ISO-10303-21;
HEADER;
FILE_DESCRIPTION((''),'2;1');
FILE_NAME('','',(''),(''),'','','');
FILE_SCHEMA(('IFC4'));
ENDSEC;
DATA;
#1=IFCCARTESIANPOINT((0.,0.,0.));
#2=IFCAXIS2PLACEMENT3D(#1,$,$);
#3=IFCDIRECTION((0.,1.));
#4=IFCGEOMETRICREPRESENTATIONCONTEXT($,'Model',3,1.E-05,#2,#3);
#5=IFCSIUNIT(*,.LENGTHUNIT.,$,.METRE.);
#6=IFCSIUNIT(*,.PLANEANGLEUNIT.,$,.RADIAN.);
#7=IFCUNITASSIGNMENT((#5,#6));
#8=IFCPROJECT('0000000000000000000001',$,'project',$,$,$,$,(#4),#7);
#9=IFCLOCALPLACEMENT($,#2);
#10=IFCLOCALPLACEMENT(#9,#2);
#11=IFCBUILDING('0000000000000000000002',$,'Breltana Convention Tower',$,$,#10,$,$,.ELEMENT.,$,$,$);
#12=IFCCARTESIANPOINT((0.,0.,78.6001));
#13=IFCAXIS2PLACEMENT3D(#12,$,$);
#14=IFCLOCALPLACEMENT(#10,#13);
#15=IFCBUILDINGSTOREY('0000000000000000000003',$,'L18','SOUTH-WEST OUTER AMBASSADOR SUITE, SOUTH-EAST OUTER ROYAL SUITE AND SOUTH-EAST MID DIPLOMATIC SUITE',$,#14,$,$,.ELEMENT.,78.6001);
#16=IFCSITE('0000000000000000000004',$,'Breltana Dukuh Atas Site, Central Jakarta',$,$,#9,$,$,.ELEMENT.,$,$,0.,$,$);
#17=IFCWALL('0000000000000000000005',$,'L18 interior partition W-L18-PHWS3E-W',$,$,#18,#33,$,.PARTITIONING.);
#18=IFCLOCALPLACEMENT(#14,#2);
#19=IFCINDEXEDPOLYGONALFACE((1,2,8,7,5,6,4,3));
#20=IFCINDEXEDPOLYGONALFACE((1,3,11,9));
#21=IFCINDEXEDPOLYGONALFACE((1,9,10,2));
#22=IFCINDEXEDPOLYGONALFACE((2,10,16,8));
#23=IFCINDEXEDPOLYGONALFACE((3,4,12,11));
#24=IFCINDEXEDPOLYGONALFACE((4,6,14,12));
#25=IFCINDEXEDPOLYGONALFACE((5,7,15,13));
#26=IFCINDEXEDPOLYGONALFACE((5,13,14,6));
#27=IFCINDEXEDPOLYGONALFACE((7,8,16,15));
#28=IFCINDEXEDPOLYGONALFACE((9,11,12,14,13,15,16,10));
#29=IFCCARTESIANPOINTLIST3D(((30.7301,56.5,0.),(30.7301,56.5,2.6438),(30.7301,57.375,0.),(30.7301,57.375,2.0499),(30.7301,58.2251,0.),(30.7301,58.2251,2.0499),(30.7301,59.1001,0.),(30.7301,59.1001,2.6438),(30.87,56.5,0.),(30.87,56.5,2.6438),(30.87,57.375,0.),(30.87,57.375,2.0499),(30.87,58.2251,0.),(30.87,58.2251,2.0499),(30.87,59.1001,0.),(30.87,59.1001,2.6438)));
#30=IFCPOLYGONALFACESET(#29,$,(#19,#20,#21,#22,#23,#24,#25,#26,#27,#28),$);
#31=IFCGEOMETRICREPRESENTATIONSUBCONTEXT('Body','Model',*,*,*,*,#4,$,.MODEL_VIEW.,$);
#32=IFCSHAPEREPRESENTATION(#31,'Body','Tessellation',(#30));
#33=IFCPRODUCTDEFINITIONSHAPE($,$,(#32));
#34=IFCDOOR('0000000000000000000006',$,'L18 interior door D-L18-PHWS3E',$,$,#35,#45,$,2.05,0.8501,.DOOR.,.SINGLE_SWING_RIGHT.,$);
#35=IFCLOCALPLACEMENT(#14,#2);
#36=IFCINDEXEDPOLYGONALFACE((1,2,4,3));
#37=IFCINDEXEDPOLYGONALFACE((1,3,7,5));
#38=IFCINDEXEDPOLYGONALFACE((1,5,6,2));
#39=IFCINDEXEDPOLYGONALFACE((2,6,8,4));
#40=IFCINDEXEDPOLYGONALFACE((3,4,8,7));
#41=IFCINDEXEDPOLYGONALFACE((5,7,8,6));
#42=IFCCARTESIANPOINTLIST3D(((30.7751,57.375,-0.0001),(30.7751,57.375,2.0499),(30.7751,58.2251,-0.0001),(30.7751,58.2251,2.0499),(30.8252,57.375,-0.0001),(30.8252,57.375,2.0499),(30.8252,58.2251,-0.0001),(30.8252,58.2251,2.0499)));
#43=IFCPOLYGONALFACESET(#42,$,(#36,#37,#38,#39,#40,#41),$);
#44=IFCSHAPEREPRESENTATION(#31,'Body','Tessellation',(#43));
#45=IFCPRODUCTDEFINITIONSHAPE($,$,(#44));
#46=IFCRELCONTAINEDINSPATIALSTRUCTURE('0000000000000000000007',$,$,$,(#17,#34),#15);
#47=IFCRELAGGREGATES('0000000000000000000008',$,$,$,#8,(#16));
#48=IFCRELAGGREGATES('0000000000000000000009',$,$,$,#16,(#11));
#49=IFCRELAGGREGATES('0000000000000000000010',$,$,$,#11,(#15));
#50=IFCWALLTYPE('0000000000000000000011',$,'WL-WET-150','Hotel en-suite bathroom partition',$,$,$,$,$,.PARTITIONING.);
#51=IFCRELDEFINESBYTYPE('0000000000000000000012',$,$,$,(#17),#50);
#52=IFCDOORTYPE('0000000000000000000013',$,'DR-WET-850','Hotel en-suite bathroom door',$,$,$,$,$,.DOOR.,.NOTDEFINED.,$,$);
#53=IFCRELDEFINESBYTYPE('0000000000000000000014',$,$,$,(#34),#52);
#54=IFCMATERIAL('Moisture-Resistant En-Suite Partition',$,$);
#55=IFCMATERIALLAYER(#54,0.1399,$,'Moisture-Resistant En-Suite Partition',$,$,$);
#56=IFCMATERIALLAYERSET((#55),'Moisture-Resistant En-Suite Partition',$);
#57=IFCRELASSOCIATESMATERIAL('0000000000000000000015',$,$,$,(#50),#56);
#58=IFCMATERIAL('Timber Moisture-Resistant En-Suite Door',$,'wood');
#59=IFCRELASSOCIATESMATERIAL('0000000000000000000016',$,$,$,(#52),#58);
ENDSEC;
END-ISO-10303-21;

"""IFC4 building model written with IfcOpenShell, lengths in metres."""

from ifc_helpers import new_model, si_unit, direction, frame, frame_2d, origin, place, context, subcontext, project, spatial, rectangle, extrude, source, transform, mapped, material, layer, layer_set, type_object, type_shapes, element, fill, save


model = new_model("IFC4")

# Units and contexts
model_context = context("Model", 3, precision=1e-05, world=origin(), true_north=direction((0.0, 1.0)))
body_context = subcontext(model_context, "Body", "Model", "MODEL_VIEW")
ifc_project = project(units=[si_unit("LENGTHUNIT", "METRE"), si_unit("PLANEANGLEUNIT", "RADIAN")], contexts=[model_context])

# Site, building, storey
site_placement = place(None, origin())
site = spatial("IfcSite", under=ifc_project, at=site_placement, Name="Breltana Dukuh Atas Site, Central Jakarta", CompositionType="ELEMENT", RefElevation=0.0)
building_placement = place(site_placement, origin())
building = spatial("IfcBuilding", under=site, at=building_placement, Name="Breltana Convention Tower", CompositionType="ELEMENT")
storey_placement = place(building_placement, frame((0.0, 0.0, 78.6001)))
storey = spatial("IfcBuildingStorey", under=building, at=storey_placement, Name="L18", Description="SOUTH-WEST OUTER AMBASSADOR SUITE, SOUTH-EAST OUTER ROYAL SUITE AND SOUTH-EAST MID DIPLOMATIC SUITE", CompositionType="ELEMENT", Elevation=78.6001)

# Shared definitions
ifc_material_1 = material(Name="Moisture-Resistant En-Suite Partition")
ifc_layer_1 = layer(ifc_material_1, 0.1399, Name="Moisture-Resistant En-Suite Partition")
ifc_layer_set_1 = layer_set([ifc_layer_1], Name="Moisture-Resistant En-Suite Partition")
wall_type_1 = type_object("IfcWallType", Name="WL-WET-150", Description="Hotel en-suite bathroom partition", PredefinedType="PARTITIONING", material=ifc_layer_set_1)

# Shared definitions
ifc_material_2 = material(Name="Timber Moisture-Resistant En-Suite Door", Category="wood")
door_type_1 = type_object("IfcDoorType", Name="DR-WET-850", Description="Hotel en-suite bathroom door", OperationType="NOTDEFINED", PredefinedType="DOOR", material=ifc_material_2)
shared_shape_1 = source(origin(), body_context, "Body", "SweptSolid", [
    extrude(rectangle(XDim=0.8501, YDim=2.05, at=frame_2d((0.425, 1.0249))), frame((0.0, 0.0249, 0.0), z_axis=(0.0, -1.0, 0.0), x_axis=(1.0, 0.0, 0.0)), (0.0, 0.0, 1.0), 0.05),
])
type_shapes(door_type_1, [shared_shape_1])

# Wall, opening, door
shared_shape_2 = source(origin(), body_context, "Body", "SweptSolid", [
    extrude(rectangle(XDim=2.6001, YDim=0.1399, at=frame_2d((1.3, 0.0))), origin(), (0.0, 0.0, 1.0), 2.6438),
])
wall_1_placement = place(storey_placement, frame((30.8, 56.5, 0.0), z_axis=(0.0, 0.0, 1.0), x_axis=(0.0, 1.0, 0.0)))
wall_1 = element("IfcWall", 1, at=wall_1_placement, inside=storey, type_object=wall_type_1, Name="L18 interior partition W-L18-PHWS3E-W", PredefinedType="PARTITIONING", context=body_context, shape_type="MappedRepresentation", body=[
    mapped(shared_shape_2, transform((0.0, 0.0, 0.0), scale=1.0)),
])
opening_1_placement = place(wall_1_placement, frame((0.875, 0.0, 0.0)))
opening_1 = element("IfcOpeningElement", 2, at=opening_1_placement, cuts=wall_1, PredefinedType="OPENING", context=body_context, shape_type="SweptSolid", body=[
    extrude(rectangle(XDim=0.8501, YDim=2.05, at=frame_2d((0.425, 1.0249))), frame((0.0, 0.0801, 0.0), z_axis=(0.0, -1.0, 0.0), x_axis=(1.0, 0.0, 0.0)), (0.0, 0.0, 1.0), 0.1599),
])
door_1_placement = place(opening_1_placement, origin())
door_1 = element("IfcDoor", 3, at=door_1_placement, inside=storey, type_object=door_type_1, Name="L18 interior door D-L18-PHWS3E", OperationType="SINGLE_SWING_RIGHT", OverallHeight=2.05, OverallWidth=0.8501, PredefinedType="DOOR", context=body_context, shape_type="MappedRepresentation", body=[
    mapped(shared_shape_1, transform((0.0, 0.0, 0.0), scale=1.0)),
])
fill(opening_1, door_1)

save(model, "model.ifc")
